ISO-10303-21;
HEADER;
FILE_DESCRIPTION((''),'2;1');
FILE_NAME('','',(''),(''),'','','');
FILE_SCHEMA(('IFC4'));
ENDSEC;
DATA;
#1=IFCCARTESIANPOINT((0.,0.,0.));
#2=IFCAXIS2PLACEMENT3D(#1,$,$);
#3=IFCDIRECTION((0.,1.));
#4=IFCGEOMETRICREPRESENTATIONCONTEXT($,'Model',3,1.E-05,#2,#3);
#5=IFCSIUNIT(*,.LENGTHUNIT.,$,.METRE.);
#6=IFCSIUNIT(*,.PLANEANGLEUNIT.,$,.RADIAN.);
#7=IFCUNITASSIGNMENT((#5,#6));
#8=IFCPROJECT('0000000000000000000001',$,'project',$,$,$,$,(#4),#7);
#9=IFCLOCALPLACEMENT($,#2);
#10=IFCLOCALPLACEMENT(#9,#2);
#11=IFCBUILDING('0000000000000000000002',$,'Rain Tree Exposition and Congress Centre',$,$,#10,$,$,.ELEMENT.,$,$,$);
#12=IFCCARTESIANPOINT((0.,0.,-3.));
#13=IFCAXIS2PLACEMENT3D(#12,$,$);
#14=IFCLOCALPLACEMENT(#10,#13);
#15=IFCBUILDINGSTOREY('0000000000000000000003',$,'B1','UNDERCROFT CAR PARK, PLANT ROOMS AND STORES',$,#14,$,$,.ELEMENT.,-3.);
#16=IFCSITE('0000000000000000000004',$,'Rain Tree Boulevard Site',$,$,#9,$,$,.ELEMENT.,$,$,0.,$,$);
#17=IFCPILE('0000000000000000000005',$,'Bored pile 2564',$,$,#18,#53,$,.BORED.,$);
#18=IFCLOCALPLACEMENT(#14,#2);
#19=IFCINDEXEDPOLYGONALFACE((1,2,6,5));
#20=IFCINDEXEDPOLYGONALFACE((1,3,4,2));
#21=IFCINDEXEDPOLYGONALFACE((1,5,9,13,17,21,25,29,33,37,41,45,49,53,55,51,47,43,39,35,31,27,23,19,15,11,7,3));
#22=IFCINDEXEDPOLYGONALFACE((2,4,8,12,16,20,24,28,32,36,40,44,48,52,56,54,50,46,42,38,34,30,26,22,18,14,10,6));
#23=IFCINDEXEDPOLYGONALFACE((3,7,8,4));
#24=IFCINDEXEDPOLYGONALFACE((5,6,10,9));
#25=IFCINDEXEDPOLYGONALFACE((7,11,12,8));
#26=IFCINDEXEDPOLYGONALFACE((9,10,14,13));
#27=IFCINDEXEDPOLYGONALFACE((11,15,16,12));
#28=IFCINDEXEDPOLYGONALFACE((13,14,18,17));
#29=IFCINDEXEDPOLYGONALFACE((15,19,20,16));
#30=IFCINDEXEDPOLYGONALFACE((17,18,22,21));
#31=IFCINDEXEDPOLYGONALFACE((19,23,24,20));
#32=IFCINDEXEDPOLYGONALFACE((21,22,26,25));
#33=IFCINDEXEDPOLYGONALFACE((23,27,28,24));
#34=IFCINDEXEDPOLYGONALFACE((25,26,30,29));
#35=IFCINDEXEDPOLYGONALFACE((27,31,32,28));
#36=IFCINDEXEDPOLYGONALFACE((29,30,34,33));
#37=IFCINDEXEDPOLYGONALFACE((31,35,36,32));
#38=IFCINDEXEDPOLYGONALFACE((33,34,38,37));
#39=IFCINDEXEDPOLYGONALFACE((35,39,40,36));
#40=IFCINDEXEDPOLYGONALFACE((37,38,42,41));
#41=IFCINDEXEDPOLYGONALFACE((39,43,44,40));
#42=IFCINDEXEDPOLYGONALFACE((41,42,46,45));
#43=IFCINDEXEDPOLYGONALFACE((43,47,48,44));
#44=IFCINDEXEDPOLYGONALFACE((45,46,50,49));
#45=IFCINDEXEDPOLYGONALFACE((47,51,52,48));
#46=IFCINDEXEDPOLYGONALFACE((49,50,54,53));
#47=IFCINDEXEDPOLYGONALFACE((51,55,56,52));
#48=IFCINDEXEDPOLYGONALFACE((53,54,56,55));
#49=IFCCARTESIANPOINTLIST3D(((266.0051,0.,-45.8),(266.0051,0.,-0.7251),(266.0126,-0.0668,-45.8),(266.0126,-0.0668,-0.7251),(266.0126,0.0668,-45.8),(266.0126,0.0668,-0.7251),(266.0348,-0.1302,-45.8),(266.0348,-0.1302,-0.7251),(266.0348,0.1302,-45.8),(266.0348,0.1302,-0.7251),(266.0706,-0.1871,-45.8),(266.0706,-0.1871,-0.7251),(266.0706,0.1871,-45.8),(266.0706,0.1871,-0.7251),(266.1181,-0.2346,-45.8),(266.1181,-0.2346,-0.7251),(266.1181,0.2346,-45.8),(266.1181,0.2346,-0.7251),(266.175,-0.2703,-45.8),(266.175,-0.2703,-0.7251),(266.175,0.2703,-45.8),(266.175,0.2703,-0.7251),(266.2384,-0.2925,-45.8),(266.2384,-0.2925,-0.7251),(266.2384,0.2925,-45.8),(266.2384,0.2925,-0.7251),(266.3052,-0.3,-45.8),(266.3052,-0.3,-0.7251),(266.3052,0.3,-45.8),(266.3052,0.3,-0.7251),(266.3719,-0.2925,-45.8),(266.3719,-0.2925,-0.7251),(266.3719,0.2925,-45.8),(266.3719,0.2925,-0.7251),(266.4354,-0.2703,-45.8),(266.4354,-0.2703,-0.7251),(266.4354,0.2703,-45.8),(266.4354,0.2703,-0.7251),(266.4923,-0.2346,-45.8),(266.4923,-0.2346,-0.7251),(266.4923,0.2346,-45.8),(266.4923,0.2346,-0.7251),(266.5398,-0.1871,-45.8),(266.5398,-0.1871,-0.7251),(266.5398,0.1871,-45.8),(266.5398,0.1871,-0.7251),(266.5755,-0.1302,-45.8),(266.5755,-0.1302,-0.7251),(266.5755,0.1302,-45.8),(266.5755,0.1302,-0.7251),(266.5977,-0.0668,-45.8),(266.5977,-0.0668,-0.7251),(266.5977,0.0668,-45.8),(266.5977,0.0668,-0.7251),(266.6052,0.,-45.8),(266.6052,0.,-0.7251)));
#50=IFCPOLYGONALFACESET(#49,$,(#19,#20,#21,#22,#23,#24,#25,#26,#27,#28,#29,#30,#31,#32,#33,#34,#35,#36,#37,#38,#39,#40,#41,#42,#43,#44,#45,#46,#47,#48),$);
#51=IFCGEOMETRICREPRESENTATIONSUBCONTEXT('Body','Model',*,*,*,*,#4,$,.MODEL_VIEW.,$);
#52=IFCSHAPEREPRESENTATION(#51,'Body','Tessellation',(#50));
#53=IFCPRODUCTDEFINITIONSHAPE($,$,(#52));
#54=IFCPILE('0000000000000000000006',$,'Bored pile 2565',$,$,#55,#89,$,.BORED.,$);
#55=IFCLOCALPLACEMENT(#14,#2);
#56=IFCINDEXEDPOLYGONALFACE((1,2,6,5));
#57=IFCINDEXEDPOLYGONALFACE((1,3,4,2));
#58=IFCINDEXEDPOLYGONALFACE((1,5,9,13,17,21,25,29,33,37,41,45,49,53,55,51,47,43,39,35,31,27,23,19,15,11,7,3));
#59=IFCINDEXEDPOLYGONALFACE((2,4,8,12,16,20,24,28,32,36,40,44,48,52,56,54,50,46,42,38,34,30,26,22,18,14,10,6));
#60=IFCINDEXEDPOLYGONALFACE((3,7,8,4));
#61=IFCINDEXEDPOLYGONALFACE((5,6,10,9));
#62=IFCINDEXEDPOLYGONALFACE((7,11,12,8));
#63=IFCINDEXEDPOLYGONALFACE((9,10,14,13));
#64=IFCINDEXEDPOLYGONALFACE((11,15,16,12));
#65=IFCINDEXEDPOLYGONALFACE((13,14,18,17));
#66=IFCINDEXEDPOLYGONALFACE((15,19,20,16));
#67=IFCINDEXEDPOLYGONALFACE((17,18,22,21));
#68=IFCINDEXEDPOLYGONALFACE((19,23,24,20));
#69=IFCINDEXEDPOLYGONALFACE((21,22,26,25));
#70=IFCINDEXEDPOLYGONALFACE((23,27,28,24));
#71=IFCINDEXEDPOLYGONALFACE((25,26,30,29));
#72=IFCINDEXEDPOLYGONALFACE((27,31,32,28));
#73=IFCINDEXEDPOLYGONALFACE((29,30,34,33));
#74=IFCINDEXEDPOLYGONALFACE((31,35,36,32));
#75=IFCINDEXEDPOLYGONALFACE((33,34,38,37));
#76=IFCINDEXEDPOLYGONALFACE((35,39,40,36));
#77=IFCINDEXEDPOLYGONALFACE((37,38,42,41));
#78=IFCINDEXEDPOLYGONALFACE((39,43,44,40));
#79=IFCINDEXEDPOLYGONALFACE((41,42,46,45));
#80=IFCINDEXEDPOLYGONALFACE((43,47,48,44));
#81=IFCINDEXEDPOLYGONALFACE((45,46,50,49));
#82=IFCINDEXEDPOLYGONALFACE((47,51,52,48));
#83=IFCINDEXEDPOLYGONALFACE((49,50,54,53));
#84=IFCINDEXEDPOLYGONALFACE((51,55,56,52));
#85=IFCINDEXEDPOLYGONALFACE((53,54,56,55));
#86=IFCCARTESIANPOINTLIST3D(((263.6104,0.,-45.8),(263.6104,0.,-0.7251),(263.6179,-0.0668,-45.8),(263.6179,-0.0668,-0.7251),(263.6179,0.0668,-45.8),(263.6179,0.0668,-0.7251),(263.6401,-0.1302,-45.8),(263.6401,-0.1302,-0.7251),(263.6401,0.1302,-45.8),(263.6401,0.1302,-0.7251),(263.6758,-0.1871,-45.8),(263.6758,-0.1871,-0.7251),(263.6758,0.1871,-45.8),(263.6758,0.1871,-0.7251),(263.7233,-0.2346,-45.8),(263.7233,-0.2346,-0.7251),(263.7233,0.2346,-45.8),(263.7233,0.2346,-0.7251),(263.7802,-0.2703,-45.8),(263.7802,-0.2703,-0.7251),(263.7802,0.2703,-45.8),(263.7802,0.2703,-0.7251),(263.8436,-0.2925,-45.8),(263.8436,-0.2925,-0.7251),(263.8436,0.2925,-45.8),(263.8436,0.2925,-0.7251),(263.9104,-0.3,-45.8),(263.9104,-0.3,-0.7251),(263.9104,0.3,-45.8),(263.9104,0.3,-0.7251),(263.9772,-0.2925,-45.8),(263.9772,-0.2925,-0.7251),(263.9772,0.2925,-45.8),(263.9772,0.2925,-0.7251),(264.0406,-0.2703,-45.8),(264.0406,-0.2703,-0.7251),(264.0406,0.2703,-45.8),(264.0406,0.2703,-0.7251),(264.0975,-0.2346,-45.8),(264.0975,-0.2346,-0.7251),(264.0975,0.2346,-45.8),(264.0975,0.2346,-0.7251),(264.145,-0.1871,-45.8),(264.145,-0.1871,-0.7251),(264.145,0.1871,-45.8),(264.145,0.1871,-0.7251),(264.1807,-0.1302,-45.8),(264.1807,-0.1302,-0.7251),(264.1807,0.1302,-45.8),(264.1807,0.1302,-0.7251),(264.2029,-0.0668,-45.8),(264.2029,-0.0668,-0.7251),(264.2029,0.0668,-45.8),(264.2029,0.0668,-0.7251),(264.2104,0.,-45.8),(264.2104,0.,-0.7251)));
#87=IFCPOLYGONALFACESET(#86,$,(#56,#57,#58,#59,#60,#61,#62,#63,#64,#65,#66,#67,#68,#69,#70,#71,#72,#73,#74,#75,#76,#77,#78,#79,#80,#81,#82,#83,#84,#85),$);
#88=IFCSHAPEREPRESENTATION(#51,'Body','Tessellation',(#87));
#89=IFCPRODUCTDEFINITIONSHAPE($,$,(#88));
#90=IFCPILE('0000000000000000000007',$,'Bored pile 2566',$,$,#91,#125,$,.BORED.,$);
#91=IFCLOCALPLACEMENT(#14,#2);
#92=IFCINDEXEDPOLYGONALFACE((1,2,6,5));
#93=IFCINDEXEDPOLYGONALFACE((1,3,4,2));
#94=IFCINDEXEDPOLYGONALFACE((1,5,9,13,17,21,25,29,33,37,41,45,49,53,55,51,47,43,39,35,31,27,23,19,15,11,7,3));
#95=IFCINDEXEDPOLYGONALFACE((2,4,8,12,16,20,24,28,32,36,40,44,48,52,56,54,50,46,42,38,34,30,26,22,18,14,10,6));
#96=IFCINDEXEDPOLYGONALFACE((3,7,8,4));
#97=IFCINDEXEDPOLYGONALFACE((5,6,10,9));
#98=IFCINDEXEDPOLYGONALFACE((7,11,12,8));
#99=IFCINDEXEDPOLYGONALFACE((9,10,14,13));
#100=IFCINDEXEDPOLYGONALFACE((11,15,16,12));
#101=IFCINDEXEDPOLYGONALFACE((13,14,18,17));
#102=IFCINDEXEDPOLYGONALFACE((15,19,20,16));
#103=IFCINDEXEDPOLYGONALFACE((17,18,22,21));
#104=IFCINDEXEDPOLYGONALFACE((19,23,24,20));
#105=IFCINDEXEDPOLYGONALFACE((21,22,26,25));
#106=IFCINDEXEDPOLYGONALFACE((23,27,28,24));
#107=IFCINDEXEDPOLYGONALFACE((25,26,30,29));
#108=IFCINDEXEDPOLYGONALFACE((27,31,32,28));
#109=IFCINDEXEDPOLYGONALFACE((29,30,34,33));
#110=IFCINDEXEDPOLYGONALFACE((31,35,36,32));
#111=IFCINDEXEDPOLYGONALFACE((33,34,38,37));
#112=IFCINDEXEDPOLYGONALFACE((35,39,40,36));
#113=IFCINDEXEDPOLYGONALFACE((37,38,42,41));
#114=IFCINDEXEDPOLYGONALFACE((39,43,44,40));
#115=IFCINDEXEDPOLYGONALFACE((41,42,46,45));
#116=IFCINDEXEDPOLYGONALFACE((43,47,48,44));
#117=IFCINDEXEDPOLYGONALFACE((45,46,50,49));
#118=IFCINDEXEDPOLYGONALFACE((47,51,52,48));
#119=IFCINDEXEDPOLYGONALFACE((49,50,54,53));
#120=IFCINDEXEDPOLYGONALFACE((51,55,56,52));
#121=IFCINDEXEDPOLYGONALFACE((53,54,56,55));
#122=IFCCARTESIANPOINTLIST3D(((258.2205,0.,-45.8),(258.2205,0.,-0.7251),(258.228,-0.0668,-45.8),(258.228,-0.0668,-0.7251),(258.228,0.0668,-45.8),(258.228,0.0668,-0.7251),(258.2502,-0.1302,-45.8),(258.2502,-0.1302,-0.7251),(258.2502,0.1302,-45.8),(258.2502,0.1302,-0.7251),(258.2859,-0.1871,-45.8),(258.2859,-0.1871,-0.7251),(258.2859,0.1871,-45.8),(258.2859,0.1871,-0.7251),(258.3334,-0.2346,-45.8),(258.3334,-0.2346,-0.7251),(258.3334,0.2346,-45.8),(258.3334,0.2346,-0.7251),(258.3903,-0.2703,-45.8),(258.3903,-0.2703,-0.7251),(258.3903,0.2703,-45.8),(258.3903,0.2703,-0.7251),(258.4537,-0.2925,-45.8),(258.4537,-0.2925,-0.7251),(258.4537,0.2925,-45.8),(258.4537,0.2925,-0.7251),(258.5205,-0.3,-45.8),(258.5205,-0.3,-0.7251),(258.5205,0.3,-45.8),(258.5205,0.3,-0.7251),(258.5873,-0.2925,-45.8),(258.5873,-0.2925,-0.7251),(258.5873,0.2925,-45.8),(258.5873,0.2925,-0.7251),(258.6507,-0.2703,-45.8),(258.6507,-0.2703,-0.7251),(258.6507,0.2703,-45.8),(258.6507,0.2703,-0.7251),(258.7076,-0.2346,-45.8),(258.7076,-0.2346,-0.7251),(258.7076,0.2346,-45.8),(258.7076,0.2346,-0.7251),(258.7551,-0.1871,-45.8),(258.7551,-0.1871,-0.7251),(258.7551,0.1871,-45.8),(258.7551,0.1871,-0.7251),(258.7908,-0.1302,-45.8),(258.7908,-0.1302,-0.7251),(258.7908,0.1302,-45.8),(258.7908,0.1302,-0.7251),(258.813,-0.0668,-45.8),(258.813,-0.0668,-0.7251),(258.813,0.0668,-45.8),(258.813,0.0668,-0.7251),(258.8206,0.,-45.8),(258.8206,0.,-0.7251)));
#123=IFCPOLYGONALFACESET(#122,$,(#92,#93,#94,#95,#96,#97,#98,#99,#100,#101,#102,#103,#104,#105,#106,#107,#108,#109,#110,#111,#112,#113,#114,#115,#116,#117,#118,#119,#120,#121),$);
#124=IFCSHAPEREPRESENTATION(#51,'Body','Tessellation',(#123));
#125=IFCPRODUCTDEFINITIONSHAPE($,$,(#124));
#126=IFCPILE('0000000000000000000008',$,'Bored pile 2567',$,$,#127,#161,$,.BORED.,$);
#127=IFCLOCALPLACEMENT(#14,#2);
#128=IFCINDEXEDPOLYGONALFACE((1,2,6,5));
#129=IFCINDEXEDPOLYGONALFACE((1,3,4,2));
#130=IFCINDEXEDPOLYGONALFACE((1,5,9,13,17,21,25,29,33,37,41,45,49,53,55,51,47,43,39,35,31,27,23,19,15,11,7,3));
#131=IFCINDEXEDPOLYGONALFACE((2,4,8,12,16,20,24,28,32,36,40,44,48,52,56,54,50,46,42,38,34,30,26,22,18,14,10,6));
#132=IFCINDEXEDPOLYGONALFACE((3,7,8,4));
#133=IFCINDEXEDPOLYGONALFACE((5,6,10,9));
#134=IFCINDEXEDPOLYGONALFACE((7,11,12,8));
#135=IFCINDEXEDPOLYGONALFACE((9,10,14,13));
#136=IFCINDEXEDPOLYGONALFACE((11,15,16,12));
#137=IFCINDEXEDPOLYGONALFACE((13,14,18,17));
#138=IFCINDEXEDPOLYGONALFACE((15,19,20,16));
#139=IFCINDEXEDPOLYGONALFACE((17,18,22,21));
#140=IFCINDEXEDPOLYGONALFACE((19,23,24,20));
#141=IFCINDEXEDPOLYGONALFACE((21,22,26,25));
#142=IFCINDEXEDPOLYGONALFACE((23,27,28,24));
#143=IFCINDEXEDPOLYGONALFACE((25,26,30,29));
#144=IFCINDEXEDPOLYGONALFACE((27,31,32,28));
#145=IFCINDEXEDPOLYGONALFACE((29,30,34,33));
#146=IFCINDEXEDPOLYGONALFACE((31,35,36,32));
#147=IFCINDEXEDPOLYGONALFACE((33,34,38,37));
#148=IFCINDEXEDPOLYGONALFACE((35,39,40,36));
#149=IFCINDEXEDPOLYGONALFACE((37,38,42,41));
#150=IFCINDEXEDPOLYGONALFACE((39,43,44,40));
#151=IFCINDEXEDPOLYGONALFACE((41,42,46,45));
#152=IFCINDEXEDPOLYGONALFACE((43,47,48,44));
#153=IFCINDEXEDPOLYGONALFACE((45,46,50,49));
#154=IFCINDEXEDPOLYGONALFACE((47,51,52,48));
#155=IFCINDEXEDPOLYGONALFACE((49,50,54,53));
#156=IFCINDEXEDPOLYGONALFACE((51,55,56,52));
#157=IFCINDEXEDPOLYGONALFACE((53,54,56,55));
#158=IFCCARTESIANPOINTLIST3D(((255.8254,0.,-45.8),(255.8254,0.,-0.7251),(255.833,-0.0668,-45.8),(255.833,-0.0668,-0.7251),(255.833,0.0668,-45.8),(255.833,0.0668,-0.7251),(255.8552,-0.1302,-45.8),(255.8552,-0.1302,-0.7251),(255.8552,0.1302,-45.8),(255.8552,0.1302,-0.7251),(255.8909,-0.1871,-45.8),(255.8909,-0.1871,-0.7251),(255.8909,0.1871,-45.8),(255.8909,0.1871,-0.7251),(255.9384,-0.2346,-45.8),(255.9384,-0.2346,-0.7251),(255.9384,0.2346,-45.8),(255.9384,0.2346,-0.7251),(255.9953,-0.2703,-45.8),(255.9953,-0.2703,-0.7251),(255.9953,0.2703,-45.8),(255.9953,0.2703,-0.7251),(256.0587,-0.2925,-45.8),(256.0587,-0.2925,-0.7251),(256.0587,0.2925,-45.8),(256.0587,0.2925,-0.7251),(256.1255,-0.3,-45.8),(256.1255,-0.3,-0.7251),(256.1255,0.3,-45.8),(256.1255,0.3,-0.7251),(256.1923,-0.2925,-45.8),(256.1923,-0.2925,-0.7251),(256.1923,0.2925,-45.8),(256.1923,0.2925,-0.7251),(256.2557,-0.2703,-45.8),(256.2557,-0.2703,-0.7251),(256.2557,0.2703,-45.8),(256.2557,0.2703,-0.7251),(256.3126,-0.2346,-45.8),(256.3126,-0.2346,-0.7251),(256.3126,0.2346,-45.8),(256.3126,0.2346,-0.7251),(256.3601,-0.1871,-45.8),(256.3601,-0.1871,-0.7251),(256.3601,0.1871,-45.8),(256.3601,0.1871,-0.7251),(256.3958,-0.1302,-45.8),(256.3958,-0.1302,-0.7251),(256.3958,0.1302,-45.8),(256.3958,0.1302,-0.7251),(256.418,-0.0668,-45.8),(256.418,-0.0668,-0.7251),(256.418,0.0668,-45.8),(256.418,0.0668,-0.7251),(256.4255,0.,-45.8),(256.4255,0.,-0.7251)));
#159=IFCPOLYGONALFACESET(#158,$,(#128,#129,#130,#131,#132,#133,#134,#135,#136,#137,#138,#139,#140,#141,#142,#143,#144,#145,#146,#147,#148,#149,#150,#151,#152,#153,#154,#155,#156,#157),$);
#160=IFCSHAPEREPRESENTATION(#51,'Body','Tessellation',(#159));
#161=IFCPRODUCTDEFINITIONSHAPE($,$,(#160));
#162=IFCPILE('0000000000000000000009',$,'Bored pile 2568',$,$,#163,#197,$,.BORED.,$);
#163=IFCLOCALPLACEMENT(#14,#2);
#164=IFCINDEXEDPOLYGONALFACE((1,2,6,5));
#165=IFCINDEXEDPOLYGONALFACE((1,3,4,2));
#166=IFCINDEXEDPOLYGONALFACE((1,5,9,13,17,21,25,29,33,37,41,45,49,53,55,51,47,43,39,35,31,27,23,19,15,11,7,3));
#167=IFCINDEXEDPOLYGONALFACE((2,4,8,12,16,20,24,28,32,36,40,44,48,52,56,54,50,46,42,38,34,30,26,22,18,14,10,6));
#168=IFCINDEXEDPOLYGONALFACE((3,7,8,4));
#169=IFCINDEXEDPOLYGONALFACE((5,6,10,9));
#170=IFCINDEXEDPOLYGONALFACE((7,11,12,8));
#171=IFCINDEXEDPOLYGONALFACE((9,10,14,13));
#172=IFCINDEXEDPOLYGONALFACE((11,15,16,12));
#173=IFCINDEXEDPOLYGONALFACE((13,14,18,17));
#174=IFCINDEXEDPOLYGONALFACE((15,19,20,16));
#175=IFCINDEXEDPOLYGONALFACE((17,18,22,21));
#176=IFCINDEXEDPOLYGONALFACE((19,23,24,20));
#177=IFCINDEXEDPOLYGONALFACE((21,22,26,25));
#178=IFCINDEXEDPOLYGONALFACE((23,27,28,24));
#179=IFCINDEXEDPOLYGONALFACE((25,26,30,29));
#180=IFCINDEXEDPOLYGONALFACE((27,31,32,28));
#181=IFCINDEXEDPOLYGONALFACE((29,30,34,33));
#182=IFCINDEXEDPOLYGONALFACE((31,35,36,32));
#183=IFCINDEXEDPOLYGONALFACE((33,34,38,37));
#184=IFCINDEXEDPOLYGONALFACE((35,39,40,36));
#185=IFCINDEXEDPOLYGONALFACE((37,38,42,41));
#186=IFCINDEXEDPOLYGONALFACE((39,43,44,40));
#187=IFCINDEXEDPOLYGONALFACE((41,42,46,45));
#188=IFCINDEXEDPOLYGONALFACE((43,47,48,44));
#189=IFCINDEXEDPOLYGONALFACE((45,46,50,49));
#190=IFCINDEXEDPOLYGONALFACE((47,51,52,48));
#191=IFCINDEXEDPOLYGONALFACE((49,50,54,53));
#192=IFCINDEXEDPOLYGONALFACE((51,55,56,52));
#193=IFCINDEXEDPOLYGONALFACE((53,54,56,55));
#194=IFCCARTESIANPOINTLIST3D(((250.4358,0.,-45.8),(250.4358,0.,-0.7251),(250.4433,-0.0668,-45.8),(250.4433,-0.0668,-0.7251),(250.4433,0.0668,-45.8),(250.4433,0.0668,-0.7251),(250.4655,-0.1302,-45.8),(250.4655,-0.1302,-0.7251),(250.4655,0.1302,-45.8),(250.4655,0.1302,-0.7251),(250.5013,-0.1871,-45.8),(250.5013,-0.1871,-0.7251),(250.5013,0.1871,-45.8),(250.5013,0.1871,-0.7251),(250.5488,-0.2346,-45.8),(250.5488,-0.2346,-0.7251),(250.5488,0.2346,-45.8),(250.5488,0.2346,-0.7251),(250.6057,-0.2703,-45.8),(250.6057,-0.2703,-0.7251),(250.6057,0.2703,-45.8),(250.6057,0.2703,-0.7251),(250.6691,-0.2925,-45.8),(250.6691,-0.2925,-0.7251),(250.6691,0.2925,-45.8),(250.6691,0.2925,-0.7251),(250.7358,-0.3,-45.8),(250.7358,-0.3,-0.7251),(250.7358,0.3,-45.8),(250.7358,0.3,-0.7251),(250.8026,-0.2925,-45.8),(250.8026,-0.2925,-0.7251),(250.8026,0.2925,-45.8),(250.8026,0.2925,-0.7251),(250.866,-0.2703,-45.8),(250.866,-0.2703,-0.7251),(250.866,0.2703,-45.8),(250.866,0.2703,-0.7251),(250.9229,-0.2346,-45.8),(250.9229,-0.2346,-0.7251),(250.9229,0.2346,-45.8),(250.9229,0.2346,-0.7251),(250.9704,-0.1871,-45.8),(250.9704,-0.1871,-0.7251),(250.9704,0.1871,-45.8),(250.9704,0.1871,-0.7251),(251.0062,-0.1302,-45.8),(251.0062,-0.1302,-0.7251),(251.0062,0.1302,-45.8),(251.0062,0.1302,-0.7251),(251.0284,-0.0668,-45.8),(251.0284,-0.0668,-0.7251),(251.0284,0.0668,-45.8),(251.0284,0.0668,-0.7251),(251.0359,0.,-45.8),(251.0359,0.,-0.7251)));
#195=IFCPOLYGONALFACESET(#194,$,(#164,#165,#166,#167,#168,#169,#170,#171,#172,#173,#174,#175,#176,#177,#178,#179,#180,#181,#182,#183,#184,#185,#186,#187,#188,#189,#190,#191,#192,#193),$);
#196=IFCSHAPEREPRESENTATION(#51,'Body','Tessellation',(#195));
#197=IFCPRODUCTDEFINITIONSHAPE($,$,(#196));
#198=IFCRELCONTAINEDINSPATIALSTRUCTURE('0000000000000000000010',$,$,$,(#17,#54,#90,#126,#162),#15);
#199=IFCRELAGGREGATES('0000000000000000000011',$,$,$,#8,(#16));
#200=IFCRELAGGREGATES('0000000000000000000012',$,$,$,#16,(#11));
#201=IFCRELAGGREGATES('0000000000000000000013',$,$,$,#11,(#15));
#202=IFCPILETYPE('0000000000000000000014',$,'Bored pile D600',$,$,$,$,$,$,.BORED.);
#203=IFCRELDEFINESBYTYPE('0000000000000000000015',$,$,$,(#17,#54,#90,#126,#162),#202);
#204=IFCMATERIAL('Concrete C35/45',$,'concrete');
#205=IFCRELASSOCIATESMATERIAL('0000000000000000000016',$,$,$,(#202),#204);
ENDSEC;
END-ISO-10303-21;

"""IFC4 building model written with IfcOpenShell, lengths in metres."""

from ifc_helpers import new_model, si_unit, direction, frame, origin, origin_2d, place, context, subcontext, project, spatial, circle, extrude, material, material_profile, profile_set, type_object, element, save


model = new_model("IFC4")

# Units and contexts
model_context = context("Model", 3, precision=1e-05, world=origin(), true_north=direction((0.0, 1.0)))
body_context = subcontext(model_context, "Body", "Model", "MODEL_VIEW")
ifc_project = project(units=[si_unit("LENGTHUNIT", "METRE"), si_unit("PLANEANGLEUNIT", "RADIAN")], contexts=[model_context])

# Site, building, storey
site_placement = place(None, origin())
site = spatial("IfcSite", under=ifc_project, at=site_placement, Name="Rain Tree Boulevard Site", CompositionType="ELEMENT", RefElevation=0.0)
building_placement = place(site_placement, origin())
building = spatial("IfcBuilding", under=site, at=building_placement, Name="Rain Tree Exposition and Congress Centre", CompositionType="ELEMENT")
storey_placement = place(building_placement, frame((0.0, 0.0, -3.0)))
storey = spatial("IfcBuildingStorey", under=building, at=storey_placement, Name="B1", Description="UNDERCROFT CAR PARK, PLANT ROOMS AND STORES", CompositionType="ELEMENT", Elevation=-3.0)

# Piles
ifc_material_1 = material(Name="Concrete C35/45", Category="concrete")
ifc_material_profile = material_profile(ifc_material_1, circle(Radius=0.3, at=origin_2d()), Name="D600")
ifc_profile_set = profile_set([ifc_material_profile], Name="Concrete C35/45")
pile_type = type_object("IfcPileType", Name="Bored pile D600", PredefinedType="BORED", material=ifc_profile_set)
for number, where, z_axis, x_axis, name in (
    (1, (266.3052, 0.0, -0.7251), (0.0, 0.0, -1.0), (1.0, 0.0, 0.0), "Bored pile 2564"),
    (2, (263.9104, 0.0, -0.7251), (0.0, 0.0, -1.0), (1.0, 0.0, 0.0), "Bored pile 2565"),
    (3, (258.5205, 0.0, -0.7251), (0.0, 0.0, -1.0), (1.0, 0.0, 0.0), "Bored pile 2566"),
    (4, (256.1255, 0.0, -0.7251), (0.0, 0.0, -1.0), (1.0, 0.0, 0.0), "Bored pile 2567"),
    (5, (250.7358, 0.0, -0.7251), (0.0, 0.0, -1.0), (1.0, 0.0, 0.0), "Bored pile 2568"),
):
    element("IfcPile", number, at=place(storey_placement, frame(where, z_axis=z_axis, x_axis=x_axis)), inside=storey, type_object=pile_type, Name=name, PredefinedType="BORED", context=body_context, shape_type="SweptSolid", body=[
        extrude(circle(Radius=0.3, at=origin_2d()), origin(), (0.0, 0.0, 1.0), 45.075),
    ])

save(model, "model.ifc")
